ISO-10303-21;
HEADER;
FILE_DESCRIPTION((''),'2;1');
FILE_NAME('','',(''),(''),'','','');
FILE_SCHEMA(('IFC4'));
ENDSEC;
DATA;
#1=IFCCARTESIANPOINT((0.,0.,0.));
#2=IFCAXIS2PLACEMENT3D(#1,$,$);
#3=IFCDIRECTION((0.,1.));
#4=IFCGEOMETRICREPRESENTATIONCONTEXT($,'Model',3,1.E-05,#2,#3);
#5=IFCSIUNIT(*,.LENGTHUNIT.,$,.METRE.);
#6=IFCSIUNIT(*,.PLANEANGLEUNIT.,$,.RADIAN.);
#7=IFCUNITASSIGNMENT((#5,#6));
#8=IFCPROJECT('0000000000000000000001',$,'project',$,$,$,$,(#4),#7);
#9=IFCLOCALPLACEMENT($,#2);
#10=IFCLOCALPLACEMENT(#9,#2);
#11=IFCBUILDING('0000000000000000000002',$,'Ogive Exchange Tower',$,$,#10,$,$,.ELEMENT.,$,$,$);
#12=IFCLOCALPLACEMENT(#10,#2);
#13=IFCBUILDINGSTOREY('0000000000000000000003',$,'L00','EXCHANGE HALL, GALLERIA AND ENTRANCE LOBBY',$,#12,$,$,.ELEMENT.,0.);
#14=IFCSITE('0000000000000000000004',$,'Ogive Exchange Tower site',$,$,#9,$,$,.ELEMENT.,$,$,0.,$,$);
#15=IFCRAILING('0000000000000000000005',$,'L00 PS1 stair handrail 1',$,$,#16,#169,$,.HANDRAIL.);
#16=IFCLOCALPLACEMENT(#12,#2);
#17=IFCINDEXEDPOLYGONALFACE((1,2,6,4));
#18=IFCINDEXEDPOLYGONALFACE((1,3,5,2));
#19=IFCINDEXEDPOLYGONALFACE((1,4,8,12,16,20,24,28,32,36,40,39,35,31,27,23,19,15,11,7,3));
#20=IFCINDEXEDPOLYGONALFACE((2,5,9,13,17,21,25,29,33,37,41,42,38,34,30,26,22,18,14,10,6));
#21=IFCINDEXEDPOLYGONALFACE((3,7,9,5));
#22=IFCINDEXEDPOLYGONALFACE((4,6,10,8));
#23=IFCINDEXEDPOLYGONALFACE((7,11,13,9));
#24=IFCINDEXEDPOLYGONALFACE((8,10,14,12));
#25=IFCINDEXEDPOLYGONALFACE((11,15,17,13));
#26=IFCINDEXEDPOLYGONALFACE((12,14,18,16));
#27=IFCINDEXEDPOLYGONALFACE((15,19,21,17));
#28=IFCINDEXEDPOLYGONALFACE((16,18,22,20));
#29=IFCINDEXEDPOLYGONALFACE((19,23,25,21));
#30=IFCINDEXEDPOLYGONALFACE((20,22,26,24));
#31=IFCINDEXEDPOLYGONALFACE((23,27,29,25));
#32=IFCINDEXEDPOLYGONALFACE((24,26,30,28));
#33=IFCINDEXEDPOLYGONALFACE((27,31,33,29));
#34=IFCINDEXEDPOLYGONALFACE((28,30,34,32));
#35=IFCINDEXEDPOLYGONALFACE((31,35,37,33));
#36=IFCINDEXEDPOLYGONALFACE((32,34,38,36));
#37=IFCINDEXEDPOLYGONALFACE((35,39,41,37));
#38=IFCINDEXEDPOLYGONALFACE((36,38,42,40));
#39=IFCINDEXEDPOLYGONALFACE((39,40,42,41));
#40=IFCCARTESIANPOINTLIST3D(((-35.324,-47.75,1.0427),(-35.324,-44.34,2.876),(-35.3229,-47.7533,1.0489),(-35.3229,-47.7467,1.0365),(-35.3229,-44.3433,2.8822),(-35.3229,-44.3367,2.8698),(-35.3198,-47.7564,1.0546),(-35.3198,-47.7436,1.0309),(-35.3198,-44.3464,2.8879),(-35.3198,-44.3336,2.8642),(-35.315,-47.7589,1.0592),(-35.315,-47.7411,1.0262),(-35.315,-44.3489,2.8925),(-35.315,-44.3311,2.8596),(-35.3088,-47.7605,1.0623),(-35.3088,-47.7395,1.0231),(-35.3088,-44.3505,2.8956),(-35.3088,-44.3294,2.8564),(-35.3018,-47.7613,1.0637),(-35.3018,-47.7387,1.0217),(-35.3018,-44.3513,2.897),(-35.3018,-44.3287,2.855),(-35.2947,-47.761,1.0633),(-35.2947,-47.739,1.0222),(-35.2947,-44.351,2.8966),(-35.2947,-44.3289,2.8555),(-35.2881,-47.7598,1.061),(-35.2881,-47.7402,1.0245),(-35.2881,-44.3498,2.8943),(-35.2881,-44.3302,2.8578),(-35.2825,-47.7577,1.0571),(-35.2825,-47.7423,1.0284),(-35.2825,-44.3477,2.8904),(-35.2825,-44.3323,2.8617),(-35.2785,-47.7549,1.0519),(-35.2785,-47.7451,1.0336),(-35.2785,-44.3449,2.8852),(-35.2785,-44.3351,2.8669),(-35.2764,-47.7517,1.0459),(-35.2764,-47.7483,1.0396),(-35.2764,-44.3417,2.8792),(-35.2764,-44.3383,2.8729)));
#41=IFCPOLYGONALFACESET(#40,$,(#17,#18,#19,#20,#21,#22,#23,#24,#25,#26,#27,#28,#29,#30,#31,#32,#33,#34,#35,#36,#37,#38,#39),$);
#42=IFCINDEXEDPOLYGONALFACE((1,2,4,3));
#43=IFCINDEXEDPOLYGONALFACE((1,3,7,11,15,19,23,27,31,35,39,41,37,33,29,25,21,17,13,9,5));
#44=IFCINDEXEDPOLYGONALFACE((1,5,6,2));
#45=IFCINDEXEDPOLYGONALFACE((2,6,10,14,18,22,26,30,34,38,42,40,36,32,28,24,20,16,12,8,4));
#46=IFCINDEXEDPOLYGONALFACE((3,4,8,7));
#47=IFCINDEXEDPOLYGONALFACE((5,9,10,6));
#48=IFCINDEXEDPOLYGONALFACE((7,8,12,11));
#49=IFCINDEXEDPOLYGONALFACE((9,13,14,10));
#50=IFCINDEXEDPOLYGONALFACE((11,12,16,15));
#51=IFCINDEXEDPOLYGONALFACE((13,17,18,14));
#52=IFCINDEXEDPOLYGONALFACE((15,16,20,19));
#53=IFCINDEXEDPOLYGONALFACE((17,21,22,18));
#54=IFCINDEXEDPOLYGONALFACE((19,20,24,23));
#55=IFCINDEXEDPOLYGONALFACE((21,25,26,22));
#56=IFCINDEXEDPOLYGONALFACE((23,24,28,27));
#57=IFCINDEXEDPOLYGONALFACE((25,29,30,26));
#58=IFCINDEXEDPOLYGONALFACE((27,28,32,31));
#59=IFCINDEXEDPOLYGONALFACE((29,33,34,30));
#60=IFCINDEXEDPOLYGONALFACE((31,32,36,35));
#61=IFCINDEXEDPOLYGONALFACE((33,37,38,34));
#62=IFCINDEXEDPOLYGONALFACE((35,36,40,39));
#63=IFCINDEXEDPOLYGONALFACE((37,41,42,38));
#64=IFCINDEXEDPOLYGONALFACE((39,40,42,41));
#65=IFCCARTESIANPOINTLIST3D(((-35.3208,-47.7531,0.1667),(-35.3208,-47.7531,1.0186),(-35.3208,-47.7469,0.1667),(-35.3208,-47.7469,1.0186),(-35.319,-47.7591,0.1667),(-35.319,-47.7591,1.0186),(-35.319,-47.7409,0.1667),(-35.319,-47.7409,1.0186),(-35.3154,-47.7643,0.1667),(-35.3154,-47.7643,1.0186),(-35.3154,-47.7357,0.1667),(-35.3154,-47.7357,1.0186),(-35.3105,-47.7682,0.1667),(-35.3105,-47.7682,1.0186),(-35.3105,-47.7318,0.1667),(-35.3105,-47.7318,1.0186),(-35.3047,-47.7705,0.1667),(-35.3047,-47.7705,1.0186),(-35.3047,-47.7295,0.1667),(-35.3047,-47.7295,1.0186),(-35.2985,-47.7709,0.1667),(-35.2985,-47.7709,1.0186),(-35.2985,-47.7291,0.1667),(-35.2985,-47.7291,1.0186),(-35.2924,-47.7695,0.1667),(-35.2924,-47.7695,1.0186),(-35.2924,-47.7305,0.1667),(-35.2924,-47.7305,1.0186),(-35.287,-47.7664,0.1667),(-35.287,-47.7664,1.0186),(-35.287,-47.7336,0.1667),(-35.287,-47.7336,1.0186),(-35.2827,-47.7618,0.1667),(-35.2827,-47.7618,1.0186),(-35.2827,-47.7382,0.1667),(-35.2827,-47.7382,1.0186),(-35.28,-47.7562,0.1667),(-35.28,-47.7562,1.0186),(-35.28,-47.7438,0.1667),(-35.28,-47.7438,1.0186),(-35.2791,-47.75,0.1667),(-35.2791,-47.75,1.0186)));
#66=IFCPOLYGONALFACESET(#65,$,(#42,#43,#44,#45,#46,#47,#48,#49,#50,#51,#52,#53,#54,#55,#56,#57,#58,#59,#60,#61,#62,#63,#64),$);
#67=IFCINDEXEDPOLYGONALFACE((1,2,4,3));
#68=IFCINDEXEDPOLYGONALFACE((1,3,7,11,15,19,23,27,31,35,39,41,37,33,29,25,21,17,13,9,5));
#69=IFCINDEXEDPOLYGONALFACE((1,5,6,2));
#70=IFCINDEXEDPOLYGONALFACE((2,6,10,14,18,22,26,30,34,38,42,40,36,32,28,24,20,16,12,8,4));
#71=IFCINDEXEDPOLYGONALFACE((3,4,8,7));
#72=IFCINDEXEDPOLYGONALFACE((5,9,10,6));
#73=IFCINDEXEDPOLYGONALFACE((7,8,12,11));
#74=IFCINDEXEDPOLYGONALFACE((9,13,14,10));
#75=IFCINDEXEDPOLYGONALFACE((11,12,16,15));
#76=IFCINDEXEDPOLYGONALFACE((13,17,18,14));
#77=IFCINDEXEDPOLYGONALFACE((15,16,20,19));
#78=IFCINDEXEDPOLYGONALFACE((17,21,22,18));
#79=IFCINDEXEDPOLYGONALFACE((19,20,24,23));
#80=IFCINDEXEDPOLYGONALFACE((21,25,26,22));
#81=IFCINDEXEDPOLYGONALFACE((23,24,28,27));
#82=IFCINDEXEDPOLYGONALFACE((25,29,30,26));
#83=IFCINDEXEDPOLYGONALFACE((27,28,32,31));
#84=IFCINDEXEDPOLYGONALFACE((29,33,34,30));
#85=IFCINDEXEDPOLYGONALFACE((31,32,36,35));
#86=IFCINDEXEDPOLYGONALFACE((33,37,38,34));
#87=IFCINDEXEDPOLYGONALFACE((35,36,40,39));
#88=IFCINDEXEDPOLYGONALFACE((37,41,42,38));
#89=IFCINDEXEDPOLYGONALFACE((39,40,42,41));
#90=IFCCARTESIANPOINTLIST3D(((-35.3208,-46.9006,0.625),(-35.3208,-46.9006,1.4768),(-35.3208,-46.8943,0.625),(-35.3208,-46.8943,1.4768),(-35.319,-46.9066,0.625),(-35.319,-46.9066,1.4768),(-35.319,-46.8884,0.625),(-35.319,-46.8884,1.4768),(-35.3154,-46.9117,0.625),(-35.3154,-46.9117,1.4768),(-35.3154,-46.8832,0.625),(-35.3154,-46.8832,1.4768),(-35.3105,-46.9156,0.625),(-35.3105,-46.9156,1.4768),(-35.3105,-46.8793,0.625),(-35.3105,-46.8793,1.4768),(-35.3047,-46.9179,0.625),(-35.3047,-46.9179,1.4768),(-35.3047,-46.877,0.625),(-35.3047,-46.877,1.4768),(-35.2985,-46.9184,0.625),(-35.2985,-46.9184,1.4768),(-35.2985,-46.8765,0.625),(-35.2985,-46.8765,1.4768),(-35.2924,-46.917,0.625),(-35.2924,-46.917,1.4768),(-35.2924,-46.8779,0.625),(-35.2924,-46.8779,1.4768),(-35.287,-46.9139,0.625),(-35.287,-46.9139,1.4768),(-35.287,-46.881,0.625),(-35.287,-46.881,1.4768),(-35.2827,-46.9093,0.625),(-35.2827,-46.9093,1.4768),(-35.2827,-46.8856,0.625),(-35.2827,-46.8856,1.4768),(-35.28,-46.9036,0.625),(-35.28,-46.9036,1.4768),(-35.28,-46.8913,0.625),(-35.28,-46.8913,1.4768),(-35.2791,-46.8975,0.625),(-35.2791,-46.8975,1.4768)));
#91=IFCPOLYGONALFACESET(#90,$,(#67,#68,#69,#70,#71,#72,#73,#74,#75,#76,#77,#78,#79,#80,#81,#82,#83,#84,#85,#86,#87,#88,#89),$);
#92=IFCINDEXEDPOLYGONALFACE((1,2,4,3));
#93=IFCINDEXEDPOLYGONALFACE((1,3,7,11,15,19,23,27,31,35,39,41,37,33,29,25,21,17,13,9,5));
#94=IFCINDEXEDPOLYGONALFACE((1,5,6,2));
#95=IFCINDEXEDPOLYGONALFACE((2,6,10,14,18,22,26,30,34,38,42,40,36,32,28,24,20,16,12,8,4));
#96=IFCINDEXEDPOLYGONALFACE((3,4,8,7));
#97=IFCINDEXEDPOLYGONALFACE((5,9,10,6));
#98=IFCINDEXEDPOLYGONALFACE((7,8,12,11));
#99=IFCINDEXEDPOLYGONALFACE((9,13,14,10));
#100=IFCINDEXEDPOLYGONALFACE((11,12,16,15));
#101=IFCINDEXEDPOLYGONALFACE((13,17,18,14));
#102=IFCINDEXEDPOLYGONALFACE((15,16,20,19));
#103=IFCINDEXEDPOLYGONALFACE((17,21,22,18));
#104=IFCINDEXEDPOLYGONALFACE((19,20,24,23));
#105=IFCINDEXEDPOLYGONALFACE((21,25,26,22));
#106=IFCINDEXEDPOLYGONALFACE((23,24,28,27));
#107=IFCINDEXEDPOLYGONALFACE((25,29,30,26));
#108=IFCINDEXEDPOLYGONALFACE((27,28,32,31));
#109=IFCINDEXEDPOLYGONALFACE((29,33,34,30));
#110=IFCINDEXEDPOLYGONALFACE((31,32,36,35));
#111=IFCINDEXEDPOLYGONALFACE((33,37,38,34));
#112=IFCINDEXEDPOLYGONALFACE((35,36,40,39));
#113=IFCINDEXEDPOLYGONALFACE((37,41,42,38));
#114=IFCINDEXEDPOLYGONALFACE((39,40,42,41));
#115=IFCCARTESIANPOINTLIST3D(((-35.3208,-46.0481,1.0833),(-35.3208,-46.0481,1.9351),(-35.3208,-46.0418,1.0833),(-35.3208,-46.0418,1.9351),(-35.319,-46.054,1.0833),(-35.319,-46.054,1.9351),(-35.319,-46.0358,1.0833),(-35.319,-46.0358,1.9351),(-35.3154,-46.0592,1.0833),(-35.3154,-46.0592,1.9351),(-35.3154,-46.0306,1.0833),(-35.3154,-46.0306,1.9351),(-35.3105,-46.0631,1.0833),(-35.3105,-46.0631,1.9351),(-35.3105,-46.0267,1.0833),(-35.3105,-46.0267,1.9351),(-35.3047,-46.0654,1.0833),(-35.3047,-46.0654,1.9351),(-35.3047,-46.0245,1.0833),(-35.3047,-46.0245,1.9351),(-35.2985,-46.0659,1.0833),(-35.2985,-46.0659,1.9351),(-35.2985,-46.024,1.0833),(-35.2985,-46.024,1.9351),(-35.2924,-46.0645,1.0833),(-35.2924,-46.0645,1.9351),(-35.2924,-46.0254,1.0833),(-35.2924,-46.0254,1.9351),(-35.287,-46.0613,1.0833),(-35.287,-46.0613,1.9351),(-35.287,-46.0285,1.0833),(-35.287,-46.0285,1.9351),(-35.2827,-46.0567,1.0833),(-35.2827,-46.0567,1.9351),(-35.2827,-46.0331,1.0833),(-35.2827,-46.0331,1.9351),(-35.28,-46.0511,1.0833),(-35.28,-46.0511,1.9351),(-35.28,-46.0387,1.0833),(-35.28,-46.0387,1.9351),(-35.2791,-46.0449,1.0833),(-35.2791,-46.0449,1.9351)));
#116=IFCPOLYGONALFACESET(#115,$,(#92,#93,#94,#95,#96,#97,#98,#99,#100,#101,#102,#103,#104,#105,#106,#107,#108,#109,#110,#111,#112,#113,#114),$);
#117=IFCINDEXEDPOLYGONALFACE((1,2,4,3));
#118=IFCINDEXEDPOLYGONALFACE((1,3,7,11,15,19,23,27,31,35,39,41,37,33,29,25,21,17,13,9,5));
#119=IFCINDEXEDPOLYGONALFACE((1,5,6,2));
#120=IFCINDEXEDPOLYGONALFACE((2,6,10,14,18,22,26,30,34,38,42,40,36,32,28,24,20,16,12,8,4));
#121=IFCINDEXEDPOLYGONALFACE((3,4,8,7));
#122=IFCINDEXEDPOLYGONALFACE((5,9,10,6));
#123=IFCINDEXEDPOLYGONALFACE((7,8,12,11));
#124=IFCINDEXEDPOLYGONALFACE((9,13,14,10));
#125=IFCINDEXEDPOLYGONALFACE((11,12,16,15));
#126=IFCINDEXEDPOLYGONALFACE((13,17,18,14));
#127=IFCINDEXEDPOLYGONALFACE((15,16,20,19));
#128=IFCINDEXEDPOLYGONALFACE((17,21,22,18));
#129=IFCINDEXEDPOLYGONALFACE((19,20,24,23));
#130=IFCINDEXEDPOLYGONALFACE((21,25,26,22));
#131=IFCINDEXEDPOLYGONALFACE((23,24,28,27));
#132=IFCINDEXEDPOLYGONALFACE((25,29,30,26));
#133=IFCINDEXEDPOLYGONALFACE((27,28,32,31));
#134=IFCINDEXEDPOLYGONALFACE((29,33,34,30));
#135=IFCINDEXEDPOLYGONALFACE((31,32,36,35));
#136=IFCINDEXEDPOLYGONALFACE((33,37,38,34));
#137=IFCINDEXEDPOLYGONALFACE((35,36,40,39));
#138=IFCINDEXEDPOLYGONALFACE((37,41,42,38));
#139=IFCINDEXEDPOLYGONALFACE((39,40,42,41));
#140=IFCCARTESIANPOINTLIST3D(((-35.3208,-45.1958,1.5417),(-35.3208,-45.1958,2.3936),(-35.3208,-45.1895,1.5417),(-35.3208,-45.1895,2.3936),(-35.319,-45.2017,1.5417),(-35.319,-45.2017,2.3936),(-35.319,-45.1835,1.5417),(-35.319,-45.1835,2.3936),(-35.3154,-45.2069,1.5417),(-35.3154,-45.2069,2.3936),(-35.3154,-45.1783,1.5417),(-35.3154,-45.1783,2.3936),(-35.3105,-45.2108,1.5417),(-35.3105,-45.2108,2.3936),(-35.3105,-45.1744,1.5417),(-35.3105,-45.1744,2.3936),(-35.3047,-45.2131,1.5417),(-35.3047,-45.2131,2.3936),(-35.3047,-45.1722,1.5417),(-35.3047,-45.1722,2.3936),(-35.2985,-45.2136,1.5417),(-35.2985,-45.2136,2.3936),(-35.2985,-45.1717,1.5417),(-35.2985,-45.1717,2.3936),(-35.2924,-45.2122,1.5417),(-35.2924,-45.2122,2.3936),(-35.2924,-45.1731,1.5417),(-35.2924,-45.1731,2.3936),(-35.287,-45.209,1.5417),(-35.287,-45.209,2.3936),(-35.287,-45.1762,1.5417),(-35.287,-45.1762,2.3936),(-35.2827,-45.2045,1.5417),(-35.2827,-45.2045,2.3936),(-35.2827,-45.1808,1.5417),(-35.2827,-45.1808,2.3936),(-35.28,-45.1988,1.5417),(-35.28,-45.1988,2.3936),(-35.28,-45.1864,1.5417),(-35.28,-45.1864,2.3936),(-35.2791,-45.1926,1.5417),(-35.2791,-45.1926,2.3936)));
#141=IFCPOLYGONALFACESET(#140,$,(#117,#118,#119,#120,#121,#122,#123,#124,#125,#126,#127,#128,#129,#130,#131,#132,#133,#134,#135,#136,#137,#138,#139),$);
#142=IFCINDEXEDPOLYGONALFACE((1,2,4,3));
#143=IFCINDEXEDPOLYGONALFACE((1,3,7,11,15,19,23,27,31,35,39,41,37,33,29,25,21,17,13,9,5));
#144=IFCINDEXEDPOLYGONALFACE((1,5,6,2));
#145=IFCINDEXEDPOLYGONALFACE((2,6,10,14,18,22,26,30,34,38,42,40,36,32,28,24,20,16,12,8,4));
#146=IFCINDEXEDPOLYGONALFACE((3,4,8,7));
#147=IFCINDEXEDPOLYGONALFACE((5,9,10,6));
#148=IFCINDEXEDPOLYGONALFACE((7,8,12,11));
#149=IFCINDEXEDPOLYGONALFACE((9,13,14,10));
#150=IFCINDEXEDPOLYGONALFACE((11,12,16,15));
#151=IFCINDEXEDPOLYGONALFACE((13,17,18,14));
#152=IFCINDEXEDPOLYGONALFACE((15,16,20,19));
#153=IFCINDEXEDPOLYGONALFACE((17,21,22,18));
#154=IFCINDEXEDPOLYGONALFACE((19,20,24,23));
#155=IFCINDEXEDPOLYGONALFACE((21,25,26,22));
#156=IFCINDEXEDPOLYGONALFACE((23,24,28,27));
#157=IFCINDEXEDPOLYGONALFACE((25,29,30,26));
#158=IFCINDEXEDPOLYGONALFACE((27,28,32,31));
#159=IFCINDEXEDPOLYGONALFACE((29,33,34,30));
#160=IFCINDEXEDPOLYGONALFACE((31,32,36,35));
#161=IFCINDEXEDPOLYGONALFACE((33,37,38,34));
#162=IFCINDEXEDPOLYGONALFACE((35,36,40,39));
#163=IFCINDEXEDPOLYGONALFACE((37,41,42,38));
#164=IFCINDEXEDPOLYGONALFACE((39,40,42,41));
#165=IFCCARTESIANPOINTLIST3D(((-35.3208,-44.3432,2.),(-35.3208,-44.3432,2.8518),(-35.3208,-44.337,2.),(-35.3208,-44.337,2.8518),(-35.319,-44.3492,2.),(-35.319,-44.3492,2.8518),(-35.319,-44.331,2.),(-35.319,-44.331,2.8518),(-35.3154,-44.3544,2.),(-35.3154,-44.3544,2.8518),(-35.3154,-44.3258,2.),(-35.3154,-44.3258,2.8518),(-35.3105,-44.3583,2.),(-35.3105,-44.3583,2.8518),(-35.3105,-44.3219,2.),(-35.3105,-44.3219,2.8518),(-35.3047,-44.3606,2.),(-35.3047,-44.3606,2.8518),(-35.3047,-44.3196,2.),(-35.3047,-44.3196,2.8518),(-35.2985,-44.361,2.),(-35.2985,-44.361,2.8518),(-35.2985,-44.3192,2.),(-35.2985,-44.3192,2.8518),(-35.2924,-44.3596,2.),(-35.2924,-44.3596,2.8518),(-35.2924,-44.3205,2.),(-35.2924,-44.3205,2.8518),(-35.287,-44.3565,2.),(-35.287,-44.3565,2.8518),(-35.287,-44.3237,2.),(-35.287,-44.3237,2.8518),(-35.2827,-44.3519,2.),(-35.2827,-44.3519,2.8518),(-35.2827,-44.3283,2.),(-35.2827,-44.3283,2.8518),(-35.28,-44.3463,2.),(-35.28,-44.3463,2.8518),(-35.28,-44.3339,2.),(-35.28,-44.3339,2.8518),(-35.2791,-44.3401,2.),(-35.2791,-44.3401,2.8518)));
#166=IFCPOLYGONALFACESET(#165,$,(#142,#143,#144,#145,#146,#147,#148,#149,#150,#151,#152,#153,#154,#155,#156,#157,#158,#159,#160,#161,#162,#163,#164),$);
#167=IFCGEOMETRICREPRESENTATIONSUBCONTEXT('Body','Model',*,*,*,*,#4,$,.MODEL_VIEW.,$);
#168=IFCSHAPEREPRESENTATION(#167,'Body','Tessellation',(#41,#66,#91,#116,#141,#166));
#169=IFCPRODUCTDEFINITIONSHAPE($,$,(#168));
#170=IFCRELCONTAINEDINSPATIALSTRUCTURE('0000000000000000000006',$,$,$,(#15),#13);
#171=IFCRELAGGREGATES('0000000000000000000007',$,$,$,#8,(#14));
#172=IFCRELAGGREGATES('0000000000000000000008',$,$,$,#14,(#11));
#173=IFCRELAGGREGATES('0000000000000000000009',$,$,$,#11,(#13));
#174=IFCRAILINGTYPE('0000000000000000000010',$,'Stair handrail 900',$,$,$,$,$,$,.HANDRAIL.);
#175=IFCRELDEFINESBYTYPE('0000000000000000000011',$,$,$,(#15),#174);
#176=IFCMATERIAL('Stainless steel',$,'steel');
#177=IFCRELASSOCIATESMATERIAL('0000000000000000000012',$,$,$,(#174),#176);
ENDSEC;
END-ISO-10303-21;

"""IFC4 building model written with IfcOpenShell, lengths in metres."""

from ifc_helpers import new_model, si_unit, direction, frame, origin, origin_2d, place, context, subcontext, project, spatial, circle, extrude, material, type_object, element, save


model = new_model("IFC4")

# Units and contexts
model_context = context("Model", 3, precision=1e-05, world=origin(), true_north=direction((0.0, 1.0)))
body_context = subcontext(model_context, "Body", "Model", "MODEL_VIEW")
ifc_project = project(units=[si_unit("LENGTHUNIT", "METRE"), si_unit("PLANEANGLEUNIT", "RADIAN")], contexts=[model_context])

# Site, building, storey
site_placement = place(None, origin())
site = spatial("IfcSite", under=ifc_project, at=site_placement, Name="Ogive Exchange Tower site", CompositionType="ELEMENT", RefElevation=0.0)
building_placement = place(site_placement, origin())
building = spatial("IfcBuilding", under=site, at=building_placement, Name="Ogive Exchange Tower", CompositionType="ELEMENT")
storey_placement = place(building_placement, origin())
storey = spatial("IfcBuildingStorey", under=building, at=storey_placement, Name="L00", Description="EXCHANGE HALL, GALLERIA AND ENTRANCE LOBBY", CompositionType="ELEMENT", Elevation=0.0)

# Railing
ifc_material_1 = material(Name="Stainless steel", Category="steel")
railing_type = type_object("IfcRailingType", Name="Stair handrail 900", PredefinedType="HANDRAIL", material=ifc_material_1)
railing_1_placement = place(storey_placement, frame((-35.3, -47.75, 0.1667)))
element("IfcRailing", 1, at=railing_1_placement, inside=storey, type_object=railing_type, Name="L00 PS1 stair handrail 1", PredefinedType="HANDRAIL", context=body_context, shape_type="SweptSolid", body=[
    extrude(circle(Radius=0.0239, at=origin_2d()), frame((0.0, 0.0, 0.876), z_axis=(0.0, 0.880779, 0.473528), x_axis=(-1.0, 0.0, 0.0)), (0.0, 0.0, 1.0), 3.8716),
    extrude(circle(Radius=0.021, at=origin_2d()), origin(), (0.0, 0.0, 1.0), 0.8518),
    extrude(circle(Radius=0.021, at=origin_2d()), frame((0.0, 0.8525, 0.4583)), (0.0, 0.0, 1.0), 0.8518),
    extrude(circle(Radius=0.021, at=origin_2d()), frame((0.0, 1.7051, 0.9165)), (0.0, 0.0, 1.0), 0.8518),
    extrude(circle(Radius=0.021, at=origin_2d()), frame((0.0, 2.5574, 1.375)), (0.0, 0.0, 1.0), 0.8518),
    extrude(circle(Radius=0.021, at=origin_2d()), frame((0.0, 3.4099, 1.8333)), (0.0, 0.0, 1.0), 0.8518),
])

save(model, "model.ifc")
